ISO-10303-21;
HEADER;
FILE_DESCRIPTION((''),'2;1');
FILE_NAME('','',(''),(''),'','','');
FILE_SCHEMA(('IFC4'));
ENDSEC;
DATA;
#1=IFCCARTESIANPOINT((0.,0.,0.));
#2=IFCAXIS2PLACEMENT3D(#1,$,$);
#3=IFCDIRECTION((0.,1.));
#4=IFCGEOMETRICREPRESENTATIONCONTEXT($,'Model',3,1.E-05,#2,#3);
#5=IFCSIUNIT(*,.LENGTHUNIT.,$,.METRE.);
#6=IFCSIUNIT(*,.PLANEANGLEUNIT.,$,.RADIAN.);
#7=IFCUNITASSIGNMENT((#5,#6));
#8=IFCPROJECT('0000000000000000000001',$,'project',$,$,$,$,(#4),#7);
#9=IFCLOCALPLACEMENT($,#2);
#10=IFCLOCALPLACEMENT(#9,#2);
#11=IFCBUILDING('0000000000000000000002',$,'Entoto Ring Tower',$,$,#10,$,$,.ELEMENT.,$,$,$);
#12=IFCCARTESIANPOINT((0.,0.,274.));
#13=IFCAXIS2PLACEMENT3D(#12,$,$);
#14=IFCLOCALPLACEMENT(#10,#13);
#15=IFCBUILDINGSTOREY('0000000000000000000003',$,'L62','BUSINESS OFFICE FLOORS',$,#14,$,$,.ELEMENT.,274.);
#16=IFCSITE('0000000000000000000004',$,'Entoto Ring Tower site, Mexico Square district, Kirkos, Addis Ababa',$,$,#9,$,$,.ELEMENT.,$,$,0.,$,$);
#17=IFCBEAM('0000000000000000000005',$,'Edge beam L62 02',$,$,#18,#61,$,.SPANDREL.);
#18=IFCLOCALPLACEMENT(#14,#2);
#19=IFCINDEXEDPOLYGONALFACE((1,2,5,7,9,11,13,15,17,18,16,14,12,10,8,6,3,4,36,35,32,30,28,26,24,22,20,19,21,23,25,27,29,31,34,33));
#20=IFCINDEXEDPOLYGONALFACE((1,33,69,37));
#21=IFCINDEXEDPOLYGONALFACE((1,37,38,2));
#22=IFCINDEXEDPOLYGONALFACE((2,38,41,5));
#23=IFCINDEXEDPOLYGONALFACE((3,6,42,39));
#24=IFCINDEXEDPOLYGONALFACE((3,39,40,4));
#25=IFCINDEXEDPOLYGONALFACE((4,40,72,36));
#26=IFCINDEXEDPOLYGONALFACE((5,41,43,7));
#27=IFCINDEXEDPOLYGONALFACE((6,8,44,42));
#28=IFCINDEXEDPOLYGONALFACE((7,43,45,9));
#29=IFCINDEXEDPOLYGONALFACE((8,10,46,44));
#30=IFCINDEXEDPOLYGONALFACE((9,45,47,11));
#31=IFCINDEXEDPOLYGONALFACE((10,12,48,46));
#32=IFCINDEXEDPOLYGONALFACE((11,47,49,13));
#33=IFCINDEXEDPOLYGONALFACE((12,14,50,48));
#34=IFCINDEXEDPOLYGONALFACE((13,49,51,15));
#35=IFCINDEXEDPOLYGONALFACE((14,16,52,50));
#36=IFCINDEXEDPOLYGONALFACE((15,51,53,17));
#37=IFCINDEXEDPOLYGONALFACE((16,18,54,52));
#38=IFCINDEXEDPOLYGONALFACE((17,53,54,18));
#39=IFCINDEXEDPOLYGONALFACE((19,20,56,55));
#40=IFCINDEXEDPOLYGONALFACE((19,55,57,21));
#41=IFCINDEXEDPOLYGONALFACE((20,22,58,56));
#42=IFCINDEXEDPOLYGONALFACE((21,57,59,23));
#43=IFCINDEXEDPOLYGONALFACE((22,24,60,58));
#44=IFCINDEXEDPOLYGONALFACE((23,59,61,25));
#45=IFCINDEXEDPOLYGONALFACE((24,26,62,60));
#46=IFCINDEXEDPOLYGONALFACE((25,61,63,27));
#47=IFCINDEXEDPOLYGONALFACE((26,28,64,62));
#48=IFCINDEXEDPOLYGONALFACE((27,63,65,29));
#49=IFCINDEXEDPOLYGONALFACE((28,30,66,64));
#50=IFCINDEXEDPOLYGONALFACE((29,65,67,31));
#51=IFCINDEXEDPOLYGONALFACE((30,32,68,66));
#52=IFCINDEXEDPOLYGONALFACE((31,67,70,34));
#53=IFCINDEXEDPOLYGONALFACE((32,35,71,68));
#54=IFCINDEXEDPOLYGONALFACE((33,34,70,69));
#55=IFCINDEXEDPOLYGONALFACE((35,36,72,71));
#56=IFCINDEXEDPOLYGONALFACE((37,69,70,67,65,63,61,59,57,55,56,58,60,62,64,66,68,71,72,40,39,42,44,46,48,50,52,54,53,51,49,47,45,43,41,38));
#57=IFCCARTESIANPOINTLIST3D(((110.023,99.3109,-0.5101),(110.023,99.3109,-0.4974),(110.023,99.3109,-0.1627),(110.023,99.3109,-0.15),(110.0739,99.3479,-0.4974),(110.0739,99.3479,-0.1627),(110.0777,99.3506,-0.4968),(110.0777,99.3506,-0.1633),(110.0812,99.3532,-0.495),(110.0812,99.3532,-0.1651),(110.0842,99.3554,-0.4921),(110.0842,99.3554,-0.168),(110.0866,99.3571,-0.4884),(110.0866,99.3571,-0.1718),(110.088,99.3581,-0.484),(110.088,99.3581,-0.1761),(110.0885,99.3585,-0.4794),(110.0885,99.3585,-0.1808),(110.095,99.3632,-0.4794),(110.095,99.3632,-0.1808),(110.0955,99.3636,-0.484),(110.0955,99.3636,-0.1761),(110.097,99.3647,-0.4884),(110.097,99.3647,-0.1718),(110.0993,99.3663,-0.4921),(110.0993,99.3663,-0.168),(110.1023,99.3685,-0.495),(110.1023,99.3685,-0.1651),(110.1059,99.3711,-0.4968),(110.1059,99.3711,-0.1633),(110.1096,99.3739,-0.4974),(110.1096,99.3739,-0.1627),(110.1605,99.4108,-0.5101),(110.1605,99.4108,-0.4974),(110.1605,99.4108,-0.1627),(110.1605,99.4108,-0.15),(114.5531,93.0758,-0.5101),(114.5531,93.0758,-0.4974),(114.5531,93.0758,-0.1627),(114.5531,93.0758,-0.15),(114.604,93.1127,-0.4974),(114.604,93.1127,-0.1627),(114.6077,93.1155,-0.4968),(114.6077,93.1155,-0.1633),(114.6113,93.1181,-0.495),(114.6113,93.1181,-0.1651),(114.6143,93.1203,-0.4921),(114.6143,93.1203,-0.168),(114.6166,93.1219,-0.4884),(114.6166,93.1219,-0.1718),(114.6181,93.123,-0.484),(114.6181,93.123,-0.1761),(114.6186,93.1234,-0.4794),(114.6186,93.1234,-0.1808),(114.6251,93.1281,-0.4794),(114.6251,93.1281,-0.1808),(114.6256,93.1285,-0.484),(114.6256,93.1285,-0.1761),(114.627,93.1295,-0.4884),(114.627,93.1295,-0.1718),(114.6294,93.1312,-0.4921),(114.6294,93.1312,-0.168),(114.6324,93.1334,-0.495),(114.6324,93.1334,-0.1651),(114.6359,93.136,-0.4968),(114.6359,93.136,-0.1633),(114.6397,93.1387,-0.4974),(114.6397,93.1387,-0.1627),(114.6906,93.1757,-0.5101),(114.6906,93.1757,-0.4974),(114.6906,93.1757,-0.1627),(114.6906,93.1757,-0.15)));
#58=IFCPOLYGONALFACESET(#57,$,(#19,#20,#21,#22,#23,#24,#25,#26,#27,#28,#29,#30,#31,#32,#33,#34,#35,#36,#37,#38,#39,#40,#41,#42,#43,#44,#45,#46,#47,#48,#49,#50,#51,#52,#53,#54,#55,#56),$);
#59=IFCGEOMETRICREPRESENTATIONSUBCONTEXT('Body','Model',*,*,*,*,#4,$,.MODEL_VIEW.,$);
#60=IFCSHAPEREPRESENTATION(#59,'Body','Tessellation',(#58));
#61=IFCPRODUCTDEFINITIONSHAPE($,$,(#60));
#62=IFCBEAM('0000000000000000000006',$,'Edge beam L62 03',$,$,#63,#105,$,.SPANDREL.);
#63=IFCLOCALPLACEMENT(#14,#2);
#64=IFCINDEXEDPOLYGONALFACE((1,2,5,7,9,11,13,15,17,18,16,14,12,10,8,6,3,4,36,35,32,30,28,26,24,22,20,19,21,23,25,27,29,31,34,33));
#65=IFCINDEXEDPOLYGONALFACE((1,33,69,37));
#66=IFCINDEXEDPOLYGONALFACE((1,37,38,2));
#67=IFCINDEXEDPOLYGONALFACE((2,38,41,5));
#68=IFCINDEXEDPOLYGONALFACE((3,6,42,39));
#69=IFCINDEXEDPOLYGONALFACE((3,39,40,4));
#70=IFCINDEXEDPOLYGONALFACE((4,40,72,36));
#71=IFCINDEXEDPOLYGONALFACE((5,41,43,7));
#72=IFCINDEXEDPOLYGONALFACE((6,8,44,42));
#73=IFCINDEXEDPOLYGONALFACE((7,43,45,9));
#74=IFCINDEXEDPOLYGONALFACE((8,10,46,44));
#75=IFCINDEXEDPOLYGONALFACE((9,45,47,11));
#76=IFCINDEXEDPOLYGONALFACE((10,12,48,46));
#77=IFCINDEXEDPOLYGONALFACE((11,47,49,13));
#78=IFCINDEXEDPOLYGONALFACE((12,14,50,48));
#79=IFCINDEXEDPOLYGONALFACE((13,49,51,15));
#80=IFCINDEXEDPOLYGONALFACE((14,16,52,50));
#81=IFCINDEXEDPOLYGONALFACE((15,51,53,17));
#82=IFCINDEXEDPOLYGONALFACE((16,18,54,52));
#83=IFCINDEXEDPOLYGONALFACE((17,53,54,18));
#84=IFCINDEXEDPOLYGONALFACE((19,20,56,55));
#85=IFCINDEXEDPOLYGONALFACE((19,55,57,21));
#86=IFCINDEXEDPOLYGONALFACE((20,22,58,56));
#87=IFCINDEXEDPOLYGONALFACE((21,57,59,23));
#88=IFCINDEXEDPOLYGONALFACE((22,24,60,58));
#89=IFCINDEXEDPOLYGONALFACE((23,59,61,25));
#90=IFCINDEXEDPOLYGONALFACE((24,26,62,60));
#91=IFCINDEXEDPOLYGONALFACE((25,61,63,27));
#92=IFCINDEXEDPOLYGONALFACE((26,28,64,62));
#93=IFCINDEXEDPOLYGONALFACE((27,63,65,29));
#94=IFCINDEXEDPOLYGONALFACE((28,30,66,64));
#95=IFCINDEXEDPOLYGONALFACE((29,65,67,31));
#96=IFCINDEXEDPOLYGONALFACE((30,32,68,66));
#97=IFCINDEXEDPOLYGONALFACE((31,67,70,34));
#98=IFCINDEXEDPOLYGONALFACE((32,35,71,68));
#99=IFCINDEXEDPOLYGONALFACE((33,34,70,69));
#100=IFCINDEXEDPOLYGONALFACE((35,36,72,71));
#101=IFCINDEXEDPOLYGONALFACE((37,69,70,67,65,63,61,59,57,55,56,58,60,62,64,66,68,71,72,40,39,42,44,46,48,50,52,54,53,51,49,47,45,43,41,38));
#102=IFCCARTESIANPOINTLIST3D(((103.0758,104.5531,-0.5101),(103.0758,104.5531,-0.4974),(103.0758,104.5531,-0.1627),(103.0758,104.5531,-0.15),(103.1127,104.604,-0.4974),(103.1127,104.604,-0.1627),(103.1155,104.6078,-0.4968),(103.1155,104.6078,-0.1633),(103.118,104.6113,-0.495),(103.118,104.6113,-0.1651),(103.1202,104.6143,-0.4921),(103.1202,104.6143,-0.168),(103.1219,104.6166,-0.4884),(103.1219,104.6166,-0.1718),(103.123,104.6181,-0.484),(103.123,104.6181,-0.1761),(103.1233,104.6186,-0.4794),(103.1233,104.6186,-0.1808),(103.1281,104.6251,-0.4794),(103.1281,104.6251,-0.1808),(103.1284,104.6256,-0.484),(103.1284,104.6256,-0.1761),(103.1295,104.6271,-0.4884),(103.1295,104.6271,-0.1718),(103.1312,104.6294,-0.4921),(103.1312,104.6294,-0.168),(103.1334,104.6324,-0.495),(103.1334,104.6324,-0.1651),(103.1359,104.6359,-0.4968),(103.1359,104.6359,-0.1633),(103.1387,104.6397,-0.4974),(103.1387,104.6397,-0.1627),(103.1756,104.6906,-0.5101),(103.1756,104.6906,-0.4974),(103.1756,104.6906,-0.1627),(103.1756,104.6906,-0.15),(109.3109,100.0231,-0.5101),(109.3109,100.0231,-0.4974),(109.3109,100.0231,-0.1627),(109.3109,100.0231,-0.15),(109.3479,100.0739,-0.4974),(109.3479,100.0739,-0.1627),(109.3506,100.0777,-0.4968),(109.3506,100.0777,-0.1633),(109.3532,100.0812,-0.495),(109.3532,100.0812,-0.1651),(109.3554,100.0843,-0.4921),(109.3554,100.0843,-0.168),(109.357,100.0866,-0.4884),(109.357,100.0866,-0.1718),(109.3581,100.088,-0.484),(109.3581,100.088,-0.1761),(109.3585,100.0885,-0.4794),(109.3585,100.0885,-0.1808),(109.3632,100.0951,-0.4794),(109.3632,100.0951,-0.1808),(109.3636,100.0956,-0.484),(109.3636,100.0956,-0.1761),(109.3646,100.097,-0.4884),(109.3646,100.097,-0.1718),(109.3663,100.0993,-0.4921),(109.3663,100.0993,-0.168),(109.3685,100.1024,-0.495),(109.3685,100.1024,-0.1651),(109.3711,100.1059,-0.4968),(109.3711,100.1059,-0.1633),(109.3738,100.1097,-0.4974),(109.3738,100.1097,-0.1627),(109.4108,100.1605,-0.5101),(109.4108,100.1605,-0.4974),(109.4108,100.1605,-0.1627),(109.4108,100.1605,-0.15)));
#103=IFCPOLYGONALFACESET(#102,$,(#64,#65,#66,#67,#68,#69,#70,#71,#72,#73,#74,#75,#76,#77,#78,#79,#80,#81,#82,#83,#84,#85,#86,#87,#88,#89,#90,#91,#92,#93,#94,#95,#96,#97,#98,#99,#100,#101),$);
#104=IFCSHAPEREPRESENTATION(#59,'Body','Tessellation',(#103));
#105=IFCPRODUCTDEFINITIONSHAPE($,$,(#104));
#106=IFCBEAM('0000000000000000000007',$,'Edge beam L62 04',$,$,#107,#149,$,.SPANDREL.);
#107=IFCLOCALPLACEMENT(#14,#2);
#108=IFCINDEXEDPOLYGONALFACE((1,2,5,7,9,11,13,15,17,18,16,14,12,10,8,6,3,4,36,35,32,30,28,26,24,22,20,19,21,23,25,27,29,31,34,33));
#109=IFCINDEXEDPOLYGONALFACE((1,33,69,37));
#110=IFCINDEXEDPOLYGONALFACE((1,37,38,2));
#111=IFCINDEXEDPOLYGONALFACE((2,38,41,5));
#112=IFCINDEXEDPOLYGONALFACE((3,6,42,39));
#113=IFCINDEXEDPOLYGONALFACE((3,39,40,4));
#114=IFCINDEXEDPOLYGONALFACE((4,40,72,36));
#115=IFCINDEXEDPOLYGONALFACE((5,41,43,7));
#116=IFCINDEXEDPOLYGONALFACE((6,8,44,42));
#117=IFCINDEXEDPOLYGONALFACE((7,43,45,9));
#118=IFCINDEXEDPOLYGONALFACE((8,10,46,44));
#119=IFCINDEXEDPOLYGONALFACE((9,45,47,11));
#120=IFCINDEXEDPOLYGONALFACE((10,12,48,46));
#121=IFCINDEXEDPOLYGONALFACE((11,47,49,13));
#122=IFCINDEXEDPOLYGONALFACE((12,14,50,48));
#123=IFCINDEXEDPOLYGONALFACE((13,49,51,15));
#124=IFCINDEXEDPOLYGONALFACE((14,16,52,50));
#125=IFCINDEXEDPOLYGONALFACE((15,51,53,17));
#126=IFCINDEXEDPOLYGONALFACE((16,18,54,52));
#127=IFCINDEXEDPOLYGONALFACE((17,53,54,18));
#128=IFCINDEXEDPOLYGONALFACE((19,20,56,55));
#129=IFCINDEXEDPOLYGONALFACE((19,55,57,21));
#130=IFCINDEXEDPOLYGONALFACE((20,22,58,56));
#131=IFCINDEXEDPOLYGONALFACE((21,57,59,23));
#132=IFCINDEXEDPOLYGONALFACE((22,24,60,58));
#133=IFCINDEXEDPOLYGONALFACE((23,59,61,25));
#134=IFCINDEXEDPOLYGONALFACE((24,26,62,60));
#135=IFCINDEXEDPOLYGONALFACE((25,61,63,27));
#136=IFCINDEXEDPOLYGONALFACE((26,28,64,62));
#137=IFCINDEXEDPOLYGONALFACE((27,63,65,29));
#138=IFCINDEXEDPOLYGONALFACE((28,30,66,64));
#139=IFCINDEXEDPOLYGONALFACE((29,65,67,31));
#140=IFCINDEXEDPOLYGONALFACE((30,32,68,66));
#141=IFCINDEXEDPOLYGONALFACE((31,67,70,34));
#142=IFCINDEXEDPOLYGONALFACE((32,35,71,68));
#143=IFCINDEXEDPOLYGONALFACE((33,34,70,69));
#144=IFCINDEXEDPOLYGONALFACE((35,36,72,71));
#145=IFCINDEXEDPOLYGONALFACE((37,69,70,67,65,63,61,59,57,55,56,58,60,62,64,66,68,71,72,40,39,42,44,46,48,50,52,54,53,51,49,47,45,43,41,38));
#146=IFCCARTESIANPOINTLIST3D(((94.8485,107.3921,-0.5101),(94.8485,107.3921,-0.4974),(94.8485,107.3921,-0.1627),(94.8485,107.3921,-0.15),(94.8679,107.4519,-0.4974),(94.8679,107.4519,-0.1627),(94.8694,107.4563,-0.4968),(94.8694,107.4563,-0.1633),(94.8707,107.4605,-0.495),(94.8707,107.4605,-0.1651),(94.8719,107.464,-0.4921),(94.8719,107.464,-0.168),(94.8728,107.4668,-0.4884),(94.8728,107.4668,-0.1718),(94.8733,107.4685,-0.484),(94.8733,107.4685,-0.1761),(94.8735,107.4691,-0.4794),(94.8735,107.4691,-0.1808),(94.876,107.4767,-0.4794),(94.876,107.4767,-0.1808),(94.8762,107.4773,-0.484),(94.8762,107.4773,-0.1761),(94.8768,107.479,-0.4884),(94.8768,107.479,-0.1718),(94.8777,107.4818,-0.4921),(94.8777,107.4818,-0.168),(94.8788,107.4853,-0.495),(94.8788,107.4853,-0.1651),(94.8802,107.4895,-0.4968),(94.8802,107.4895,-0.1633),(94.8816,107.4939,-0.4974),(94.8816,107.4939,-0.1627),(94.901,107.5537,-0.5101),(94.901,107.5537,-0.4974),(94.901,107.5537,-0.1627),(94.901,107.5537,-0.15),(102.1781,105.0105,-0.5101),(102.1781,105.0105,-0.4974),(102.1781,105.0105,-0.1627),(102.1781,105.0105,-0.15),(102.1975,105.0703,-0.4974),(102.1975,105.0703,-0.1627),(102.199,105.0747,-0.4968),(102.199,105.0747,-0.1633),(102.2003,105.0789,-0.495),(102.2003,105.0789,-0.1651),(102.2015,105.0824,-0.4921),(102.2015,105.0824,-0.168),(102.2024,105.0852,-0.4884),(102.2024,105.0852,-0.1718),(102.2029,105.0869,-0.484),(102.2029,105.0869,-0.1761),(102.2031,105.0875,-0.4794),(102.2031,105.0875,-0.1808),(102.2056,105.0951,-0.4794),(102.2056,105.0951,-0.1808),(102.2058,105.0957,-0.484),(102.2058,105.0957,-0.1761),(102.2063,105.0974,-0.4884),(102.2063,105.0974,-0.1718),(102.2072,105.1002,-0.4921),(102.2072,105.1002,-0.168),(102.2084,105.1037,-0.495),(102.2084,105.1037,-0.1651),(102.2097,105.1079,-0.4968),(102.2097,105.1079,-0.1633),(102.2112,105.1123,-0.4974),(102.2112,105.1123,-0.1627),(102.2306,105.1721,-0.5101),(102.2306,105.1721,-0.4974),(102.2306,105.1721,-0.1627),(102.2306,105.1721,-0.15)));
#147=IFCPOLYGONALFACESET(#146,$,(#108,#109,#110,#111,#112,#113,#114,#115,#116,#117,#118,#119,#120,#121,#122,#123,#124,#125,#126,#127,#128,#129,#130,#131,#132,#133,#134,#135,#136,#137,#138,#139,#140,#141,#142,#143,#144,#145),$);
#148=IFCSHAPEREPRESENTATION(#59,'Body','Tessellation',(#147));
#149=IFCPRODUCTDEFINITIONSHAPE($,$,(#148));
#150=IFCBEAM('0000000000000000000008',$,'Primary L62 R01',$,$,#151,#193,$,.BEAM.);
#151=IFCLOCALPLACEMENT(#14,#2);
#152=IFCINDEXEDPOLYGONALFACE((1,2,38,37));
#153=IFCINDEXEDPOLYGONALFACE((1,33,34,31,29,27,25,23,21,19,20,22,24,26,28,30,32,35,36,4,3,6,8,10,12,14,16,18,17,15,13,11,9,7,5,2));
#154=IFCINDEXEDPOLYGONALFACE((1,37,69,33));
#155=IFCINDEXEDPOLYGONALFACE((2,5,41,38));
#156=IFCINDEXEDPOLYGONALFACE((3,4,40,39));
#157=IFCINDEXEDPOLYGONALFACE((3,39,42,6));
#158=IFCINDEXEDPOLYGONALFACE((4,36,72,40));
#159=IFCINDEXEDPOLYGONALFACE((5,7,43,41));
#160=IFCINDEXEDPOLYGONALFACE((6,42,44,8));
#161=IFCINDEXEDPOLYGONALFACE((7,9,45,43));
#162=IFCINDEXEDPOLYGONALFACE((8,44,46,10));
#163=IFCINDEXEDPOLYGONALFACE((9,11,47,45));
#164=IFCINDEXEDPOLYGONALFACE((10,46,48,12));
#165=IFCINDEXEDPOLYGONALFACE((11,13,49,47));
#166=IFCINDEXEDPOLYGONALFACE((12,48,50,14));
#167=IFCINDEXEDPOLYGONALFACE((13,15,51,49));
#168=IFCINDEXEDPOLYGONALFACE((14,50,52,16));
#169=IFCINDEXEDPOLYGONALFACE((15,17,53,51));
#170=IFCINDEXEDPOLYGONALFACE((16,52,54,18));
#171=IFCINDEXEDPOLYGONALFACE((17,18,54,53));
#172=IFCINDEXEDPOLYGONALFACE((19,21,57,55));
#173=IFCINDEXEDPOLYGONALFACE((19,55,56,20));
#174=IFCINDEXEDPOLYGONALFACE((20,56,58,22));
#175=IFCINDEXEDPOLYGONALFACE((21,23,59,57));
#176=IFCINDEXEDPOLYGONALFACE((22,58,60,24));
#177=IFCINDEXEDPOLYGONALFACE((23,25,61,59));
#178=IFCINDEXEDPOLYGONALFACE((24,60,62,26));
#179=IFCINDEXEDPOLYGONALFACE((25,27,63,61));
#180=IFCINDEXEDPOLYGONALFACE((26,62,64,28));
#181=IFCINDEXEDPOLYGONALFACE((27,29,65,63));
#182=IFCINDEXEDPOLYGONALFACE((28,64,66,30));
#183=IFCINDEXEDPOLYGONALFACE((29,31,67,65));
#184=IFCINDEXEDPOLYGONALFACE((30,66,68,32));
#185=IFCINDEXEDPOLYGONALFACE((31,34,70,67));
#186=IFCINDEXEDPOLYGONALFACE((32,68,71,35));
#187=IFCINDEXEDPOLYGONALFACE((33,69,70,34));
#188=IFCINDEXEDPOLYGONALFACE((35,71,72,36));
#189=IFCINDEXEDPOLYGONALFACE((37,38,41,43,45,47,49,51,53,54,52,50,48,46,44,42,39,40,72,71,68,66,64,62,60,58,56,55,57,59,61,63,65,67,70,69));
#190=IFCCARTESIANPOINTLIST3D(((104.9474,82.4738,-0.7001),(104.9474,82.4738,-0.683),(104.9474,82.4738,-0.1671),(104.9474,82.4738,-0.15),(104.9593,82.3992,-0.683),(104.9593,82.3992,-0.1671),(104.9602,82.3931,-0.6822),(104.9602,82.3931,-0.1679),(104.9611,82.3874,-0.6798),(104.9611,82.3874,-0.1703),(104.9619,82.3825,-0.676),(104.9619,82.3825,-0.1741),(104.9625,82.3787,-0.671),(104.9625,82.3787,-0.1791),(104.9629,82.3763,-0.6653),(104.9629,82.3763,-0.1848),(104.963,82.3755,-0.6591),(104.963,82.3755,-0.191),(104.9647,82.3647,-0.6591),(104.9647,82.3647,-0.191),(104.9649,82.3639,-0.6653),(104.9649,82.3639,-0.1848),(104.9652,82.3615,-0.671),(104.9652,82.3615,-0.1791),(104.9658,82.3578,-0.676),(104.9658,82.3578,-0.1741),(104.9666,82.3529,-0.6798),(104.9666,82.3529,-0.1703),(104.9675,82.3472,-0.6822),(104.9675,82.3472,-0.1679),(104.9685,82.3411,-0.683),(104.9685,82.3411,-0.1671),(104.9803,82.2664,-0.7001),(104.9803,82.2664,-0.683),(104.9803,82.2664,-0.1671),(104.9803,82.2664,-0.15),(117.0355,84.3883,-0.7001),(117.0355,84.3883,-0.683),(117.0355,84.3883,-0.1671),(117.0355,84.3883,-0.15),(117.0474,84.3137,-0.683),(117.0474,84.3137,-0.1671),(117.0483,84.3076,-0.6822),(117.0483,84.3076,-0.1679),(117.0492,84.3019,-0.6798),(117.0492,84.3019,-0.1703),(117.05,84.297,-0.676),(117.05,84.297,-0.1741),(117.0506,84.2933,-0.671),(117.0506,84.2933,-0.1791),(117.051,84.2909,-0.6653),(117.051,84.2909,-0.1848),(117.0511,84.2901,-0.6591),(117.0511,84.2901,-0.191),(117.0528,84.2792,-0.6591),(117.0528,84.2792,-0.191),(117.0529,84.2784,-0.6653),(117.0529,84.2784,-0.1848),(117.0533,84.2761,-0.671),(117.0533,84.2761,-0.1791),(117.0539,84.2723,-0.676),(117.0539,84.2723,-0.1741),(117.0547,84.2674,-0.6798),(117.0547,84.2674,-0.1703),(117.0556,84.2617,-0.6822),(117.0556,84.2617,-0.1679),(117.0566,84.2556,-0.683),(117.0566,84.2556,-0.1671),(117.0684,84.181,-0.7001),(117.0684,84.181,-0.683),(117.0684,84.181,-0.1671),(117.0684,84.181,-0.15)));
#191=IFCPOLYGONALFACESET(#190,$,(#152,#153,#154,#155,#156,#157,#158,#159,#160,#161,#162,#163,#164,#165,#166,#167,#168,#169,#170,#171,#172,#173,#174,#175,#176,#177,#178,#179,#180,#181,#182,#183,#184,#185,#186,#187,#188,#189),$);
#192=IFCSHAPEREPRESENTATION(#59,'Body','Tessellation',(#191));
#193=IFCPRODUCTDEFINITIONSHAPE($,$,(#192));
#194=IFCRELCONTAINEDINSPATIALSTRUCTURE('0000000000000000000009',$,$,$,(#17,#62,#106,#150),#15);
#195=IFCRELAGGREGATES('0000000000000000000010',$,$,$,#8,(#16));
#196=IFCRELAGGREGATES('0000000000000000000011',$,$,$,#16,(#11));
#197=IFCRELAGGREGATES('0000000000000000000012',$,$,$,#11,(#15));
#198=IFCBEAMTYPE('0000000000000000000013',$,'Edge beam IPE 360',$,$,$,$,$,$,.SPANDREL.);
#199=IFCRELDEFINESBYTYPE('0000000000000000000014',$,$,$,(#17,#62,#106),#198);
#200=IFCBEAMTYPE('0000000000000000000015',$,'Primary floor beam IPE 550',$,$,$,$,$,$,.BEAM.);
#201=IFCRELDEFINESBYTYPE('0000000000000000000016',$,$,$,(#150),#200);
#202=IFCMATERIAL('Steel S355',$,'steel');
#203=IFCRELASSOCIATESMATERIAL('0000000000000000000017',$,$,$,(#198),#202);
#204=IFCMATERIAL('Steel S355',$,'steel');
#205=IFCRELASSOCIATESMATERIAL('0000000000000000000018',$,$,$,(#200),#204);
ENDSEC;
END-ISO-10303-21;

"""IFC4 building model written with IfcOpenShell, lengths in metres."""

from ifc_helpers import new_model, si_unit, direction, frame, origin, origin_2d, place, context, subcontext, project, spatial, i_section, extrude, material, material_profile, profile_set, type_object, element, save


model = new_model("IFC4")

# Units and contexts
model_context = context("Model", 3, precision=1e-05, world=origin(), true_north=direction((0.0, 1.0)))
body_context = subcontext(model_context, "Body", "Model", "MODEL_VIEW")
ifc_project = project(units=[si_unit("LENGTHUNIT", "METRE"), si_unit("PLANEANGLEUNIT", "RADIAN")], contexts=[model_context])

# Site, building, storey
site_placement = place(None, origin())
site = spatial("IfcSite", under=ifc_project, at=site_placement, Name="Entoto Ring Tower site, Mexico Square district, Kirkos, Addis Ababa", CompositionType="ELEMENT", RefElevation=0.0)
building_placement = place(site_placement, origin())
building = spatial("IfcBuilding", under=site, at=building_placement, Name="Entoto Ring Tower", CompositionType="ELEMENT")
storey_placement = place(building_placement, frame((0.0, 0.0, 274.0)))
storey = spatial("IfcBuildingStorey", under=building, at=storey_placement, Name="L62", Description="BUSINESS OFFICE FLOORS", CompositionType="ELEMENT", Elevation=274.0)

# Beams
ifc_material_1 = material(Name="Steel S355", Category="steel")
ifc_material_profile_1 = material_profile(ifc_material_1, i_section(OverallWidth=0.1699, OverallDepth=0.3601, WebThickness=0.0081, FlangeThickness=0.0127, FilletRadius=0.0181, at=origin_2d()), Name="IPE 360")
ifc_profile_set_1 = profile_set([ifc_material_profile_1], Name="Steel S355")
beam_type_1 = type_object("IfcBeamType", Name="Edge beam IPE 360", PredefinedType="SPANDREL", material=ifc_profile_set_1)
for number, where, z_axis, x_axis, name in (
    (1, (114.6218, 93.1257, -0.3301), (-0.587782, 0.80902, 0.0), (-0.80902, -0.587782, 0.0), "Edge beam L62 02"),
    (2, (109.3608, 100.0918, -0.3301), (-0.80902, 0.587782, 0.0), (-0.587782, -0.80902, 0.0), "Edge beam L62 03"),
):
    element("IfcBeam", number, at=place(storey_placement, frame(where, z_axis=z_axis, x_axis=x_axis)), inside=storey, type_object=beam_type_1, Name=name, PredefinedType="SPANDREL", context=body_context, shape_type="SweptSolid", body=[
        extrude(i_section(OverallWidth=0.1699, OverallDepth=0.3601, WebThickness=0.0081, FlangeThickness=0.0127, FilletRadius=0.0181, at=origin_2d()), origin(), (0.0, 0.0, 1.0), 7.707),
    ])
beam_1_placement = place(storey_placement, frame((102.2043, 105.0913, -0.3301), z_axis=(-0.951054, 0.309024, 0.0), x_axis=(-0.309024, -0.951054, 0.0)))
element("IfcBeam", 3, at=beam_1_placement, inside=storey, type_object=beam_type_1, Name="Edge beam L62 04", PredefinedType="SPANDREL", context=body_context, shape_type="SweptSolid", body=[
    extrude(i_section(OverallWidth=0.1699, OverallDepth=0.3601, WebThickness=0.0081, FlangeThickness=0.0127, FilletRadius=0.0181, at=origin_2d()), origin(), (0.0, 0.0, 1.0), 7.7068),
])
ifc_material_2 = material(Name="Steel S355", Category="steel")
ifc_material_profile_2 = material_profile(ifc_material_2, i_section(OverallWidth=0.21, OverallDepth=0.55, WebThickness=0.011, FlangeThickness=0.0171, FilletRadius=0.0239, at=origin_2d()), Name="IPE 550")
ifc_profile_set_2 = profile_set([ifc_material_profile_2], Name="Steel S355")
beam_type_2 = type_object("IfcBeamType", Name="Primary floor beam IPE 550", PredefinedType="BEAM", material=ifc_profile_set_2)
beam_2_placement = place(storey_placement, frame((104.9639, 82.3701, -0.425), z_axis=(0.987689, 0.156433, 0.0), x_axis=(-0.156433, 0.987689, 0.0)))
element("IfcBeam", 4, at=beam_2_placement, inside=storey, type_object=beam_type_2, Name="Primary L62 R01", PredefinedType="BEAM", context=body_context, shape_type="SweptSolid", body=[
    extrude(i_section(OverallWidth=0.21, OverallDepth=0.55, WebThickness=0.011, FlangeThickness=0.0171, FilletRadius=0.0239, at=origin_2d()), origin(), (0.0, 0.0, 1.0), 12.2388),
])

save(model, "model.ifc")
